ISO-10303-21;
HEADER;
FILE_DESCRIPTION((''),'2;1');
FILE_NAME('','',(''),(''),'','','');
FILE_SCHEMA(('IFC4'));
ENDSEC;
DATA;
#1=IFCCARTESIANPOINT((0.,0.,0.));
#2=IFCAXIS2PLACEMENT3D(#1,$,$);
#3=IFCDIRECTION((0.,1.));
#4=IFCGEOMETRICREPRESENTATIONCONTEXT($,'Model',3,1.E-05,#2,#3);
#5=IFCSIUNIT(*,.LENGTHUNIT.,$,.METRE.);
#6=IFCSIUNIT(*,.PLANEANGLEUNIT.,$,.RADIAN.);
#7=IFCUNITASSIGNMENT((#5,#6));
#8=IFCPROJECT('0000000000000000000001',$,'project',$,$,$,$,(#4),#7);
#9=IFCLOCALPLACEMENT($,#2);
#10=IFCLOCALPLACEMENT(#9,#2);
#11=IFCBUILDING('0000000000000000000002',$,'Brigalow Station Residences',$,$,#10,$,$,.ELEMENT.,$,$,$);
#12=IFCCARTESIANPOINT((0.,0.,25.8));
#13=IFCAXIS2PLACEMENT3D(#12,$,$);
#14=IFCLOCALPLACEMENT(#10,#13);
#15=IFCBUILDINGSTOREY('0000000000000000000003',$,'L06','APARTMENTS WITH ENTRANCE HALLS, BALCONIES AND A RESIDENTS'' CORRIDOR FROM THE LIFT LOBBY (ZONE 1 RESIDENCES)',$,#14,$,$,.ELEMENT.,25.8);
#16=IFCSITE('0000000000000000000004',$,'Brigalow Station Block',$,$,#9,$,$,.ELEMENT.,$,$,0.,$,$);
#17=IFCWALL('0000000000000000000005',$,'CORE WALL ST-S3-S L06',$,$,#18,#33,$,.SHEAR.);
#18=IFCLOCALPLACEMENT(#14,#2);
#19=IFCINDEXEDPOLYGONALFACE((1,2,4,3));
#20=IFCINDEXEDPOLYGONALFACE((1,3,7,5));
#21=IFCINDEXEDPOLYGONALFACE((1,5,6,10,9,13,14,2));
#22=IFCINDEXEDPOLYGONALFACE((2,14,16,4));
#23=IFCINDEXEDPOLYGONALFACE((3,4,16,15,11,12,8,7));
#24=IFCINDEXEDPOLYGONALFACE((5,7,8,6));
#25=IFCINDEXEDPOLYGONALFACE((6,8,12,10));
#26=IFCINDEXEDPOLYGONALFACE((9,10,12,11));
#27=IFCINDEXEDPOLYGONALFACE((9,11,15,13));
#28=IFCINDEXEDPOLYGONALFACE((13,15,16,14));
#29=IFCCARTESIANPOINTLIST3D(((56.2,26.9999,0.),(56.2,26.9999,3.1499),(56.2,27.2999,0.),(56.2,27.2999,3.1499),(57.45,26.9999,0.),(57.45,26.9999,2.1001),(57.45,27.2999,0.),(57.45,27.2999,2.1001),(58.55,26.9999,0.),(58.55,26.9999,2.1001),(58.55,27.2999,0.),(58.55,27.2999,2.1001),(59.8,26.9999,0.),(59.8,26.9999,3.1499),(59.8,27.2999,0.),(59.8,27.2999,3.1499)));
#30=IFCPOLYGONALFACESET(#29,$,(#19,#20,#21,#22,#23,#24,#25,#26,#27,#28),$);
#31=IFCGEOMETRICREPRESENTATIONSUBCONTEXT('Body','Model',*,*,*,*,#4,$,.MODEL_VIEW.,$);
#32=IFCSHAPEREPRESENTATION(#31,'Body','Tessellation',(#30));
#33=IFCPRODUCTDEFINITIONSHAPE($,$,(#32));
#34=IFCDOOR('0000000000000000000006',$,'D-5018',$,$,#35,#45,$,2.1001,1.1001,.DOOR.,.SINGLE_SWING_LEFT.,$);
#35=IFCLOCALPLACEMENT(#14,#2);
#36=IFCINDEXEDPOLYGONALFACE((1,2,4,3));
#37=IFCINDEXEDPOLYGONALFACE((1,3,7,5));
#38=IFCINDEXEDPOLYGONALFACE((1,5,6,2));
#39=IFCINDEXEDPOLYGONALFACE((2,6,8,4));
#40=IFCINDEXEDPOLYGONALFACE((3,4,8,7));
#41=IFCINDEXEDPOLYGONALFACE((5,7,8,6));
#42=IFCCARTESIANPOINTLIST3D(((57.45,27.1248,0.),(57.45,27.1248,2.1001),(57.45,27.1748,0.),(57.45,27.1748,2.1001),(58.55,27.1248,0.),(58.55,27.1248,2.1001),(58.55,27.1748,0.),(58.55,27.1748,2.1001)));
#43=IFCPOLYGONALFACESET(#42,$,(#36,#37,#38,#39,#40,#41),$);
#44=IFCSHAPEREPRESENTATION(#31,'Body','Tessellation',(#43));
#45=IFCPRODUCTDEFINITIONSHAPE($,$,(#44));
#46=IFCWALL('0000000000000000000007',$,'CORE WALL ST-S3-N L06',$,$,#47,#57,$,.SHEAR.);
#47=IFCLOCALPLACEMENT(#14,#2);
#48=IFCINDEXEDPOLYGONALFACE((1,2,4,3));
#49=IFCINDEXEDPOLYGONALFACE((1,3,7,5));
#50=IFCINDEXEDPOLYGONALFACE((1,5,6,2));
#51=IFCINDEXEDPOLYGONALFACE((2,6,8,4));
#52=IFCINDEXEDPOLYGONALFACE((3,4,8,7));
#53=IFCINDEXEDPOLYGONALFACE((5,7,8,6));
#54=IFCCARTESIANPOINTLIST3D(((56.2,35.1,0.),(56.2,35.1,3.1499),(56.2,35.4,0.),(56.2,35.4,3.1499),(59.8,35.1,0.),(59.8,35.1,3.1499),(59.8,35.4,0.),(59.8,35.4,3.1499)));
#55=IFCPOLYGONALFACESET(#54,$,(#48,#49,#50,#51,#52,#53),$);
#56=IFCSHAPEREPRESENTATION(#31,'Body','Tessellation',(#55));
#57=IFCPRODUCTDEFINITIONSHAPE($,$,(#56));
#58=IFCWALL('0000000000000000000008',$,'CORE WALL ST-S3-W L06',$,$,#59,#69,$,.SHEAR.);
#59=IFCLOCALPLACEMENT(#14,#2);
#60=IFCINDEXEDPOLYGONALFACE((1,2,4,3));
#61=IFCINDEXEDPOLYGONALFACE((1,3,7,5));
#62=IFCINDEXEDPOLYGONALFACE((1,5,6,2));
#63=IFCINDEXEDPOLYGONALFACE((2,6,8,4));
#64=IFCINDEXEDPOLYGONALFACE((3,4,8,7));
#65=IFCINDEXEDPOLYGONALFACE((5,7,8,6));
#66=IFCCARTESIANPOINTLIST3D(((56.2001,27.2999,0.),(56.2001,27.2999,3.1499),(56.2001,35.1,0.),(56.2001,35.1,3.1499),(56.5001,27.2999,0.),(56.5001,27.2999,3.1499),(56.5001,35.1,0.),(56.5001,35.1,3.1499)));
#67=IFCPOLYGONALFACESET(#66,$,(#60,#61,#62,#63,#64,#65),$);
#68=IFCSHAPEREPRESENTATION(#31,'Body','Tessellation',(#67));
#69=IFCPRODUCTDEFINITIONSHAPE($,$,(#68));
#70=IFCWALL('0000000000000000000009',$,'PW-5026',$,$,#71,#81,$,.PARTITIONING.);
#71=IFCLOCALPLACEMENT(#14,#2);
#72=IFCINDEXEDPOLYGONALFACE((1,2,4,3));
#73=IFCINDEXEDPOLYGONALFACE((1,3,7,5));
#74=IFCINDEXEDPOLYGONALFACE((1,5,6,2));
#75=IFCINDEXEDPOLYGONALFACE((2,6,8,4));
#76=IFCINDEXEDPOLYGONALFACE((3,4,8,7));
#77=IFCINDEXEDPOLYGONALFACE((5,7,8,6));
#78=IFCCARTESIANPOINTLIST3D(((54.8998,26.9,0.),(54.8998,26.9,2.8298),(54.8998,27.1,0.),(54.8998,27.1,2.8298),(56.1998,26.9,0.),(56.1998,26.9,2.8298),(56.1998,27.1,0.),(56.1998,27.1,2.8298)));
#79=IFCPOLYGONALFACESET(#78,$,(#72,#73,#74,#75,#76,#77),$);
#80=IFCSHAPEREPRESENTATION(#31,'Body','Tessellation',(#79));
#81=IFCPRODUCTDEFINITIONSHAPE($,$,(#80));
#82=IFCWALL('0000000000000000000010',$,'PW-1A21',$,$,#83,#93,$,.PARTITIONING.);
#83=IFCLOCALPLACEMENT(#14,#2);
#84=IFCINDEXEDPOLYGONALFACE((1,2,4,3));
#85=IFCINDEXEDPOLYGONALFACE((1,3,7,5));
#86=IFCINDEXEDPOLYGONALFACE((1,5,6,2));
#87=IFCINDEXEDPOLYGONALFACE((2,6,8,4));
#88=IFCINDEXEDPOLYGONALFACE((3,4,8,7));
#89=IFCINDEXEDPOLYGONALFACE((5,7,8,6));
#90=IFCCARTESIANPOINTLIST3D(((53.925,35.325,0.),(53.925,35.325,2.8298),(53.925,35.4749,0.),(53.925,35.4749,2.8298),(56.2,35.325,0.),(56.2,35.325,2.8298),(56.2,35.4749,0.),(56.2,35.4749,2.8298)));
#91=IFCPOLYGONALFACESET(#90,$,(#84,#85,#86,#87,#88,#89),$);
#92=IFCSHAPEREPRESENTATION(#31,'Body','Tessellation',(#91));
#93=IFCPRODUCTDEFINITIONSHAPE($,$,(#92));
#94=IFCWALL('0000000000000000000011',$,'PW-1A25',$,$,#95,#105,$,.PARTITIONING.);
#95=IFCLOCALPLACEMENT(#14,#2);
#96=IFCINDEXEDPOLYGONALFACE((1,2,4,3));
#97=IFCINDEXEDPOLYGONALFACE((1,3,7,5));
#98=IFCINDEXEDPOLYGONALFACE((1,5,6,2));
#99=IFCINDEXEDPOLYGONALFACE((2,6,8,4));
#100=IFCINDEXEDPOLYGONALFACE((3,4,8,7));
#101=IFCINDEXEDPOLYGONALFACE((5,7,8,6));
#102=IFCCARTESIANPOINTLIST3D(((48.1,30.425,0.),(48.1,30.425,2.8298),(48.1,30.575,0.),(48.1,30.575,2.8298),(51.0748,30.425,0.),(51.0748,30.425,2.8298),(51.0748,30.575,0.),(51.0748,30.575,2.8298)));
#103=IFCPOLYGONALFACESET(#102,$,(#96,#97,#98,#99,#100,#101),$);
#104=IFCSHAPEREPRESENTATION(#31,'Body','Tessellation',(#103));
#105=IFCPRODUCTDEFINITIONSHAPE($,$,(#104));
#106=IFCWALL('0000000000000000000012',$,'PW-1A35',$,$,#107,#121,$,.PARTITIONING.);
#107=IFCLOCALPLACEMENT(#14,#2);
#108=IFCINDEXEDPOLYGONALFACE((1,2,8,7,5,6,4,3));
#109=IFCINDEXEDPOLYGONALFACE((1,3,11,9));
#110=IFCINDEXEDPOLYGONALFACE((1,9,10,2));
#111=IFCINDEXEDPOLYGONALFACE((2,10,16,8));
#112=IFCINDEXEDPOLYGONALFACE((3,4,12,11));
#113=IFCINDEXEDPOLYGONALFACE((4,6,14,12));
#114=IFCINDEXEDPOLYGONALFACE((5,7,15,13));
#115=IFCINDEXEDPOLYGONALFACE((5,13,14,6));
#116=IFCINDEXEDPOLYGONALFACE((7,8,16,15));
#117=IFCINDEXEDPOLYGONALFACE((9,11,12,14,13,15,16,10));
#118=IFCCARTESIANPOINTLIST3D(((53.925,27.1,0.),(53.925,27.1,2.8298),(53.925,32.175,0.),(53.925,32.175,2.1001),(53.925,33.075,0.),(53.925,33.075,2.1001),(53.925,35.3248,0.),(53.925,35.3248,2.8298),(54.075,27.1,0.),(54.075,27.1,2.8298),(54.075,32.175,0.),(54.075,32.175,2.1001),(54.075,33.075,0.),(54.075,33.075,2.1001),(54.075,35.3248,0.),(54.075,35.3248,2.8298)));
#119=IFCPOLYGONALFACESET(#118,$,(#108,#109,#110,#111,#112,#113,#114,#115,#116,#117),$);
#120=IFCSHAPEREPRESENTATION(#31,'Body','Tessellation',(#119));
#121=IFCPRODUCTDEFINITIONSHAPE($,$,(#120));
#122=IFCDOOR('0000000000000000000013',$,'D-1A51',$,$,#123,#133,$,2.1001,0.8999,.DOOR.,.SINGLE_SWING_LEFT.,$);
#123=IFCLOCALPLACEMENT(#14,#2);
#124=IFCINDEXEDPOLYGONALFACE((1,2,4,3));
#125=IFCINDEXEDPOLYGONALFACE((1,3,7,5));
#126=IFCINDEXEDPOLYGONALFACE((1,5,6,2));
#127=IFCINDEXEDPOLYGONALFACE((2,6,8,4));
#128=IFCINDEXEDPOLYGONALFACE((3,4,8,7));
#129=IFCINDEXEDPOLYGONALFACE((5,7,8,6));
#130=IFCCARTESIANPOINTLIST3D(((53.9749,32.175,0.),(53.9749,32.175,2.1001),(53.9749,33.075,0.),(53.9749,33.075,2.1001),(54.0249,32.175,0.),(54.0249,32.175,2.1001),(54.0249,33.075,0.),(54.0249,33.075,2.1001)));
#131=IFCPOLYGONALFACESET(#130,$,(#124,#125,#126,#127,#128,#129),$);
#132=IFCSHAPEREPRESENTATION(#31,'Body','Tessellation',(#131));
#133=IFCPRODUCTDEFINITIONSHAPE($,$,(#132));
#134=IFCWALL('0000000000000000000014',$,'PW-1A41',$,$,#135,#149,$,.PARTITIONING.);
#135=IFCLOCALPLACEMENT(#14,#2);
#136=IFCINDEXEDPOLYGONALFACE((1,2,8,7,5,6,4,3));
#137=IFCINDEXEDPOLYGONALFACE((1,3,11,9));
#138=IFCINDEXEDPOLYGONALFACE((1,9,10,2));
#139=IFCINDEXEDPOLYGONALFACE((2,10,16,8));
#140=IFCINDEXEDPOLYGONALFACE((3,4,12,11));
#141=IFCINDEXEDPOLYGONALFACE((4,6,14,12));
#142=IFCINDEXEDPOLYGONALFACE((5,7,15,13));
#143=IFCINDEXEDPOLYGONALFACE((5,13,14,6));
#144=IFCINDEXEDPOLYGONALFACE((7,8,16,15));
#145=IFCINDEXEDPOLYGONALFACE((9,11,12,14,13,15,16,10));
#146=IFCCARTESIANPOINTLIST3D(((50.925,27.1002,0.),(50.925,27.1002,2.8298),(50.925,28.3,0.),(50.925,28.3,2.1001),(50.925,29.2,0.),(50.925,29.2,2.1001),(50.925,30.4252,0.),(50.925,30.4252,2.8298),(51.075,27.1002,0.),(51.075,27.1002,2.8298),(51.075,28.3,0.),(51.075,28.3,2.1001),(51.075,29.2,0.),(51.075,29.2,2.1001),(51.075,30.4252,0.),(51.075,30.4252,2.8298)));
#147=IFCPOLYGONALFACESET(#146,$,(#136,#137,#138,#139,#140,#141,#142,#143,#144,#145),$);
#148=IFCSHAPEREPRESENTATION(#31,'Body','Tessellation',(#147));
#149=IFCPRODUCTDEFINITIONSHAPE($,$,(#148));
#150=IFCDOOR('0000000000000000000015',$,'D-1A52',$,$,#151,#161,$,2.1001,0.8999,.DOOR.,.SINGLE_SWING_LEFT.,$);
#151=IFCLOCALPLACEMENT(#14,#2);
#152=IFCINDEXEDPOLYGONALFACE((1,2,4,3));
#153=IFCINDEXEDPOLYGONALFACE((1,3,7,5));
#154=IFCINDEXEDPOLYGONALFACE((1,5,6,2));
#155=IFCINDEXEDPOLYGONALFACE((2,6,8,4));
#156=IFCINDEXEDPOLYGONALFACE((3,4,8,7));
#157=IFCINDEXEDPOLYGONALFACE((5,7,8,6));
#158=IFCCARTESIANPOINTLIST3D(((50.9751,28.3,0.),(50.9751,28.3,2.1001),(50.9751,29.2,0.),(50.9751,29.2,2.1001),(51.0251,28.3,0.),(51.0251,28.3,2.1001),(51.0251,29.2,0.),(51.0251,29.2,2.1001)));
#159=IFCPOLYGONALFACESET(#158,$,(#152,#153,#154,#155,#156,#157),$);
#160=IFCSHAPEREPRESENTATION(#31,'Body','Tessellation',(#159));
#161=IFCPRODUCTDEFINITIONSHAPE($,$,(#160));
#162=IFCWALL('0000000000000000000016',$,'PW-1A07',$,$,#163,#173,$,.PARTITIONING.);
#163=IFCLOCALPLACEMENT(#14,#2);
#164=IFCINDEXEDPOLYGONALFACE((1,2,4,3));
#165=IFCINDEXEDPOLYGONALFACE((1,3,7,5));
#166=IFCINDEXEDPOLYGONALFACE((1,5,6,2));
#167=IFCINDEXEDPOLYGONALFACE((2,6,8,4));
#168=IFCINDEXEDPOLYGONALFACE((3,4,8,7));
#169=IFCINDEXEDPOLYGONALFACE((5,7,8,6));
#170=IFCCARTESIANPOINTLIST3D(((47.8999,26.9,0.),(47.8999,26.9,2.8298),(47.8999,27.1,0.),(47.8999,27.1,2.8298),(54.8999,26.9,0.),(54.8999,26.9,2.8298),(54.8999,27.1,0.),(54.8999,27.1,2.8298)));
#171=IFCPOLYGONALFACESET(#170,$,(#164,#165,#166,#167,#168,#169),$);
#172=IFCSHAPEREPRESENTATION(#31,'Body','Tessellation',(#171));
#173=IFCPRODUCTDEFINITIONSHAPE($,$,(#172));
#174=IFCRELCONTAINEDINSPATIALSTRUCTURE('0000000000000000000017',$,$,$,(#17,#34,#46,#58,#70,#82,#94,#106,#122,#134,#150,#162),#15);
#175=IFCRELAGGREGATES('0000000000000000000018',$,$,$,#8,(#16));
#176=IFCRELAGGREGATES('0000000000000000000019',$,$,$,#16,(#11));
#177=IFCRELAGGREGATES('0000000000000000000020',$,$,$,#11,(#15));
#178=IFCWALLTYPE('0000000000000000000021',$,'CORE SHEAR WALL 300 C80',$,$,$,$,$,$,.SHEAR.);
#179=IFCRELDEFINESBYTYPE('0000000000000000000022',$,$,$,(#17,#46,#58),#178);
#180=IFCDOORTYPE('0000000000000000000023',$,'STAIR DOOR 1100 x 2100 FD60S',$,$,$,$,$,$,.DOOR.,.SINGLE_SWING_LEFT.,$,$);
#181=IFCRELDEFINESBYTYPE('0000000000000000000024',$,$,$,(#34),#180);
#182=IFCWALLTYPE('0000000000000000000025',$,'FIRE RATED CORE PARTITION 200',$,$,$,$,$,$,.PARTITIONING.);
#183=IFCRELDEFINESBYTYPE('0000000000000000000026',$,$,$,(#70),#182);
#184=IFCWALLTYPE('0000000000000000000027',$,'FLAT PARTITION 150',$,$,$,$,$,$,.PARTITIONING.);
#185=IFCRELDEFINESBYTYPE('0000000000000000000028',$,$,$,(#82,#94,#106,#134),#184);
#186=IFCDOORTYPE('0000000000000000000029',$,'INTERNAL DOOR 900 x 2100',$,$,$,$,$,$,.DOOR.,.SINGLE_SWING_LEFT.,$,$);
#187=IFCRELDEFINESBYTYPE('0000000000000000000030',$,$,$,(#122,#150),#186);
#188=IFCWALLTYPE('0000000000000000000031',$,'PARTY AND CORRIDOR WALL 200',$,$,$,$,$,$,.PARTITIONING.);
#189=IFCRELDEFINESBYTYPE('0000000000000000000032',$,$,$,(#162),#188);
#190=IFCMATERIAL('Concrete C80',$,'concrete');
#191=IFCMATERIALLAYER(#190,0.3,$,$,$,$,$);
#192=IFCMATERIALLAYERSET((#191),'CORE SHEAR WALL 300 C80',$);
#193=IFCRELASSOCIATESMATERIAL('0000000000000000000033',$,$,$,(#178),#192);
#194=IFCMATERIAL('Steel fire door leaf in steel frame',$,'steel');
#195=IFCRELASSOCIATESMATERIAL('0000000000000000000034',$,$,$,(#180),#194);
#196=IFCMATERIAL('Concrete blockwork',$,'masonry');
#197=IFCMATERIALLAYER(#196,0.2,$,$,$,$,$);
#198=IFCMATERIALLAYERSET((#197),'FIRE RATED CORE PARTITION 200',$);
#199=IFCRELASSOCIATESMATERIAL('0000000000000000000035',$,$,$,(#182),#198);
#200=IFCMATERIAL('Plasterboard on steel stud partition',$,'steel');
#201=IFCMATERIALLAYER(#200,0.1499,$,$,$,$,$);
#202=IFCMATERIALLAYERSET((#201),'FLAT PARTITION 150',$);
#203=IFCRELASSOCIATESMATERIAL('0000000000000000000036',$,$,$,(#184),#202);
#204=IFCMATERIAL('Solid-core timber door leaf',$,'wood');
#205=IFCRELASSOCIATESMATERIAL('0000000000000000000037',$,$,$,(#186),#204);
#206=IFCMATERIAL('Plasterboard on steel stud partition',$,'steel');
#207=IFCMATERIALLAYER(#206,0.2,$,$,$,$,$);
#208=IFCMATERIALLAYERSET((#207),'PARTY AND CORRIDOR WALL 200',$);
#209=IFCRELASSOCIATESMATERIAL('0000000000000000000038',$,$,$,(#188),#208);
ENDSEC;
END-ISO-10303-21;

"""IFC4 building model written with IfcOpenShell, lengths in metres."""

from ifc_helpers import new_model, si_unit, direction, frame, frame_2d, origin, place, context, subcontext, project, spatial, rectangle, extrude, material, layer, layer_set, type_object, element, fill, save


model = new_model("IFC4")

# Units and contexts
model_context = context("Model", 3, precision=1e-05, world=origin(), true_north=direction((0.0, 1.0)))
body_context = subcontext(model_context, "Body", "Model", "MODEL_VIEW")
ifc_project = project(units=[si_unit("LENGTHUNIT", "METRE"), si_unit("PLANEANGLEUNIT", "RADIAN")], contexts=[model_context])

# Site, building, storey
site_placement = place(None, origin())
site = spatial("IfcSite", under=ifc_project, at=site_placement, Name="Brigalow Station Block", CompositionType="ELEMENT", RefElevation=0.0)
building_placement = place(site_placement, origin())
building = spatial("IfcBuilding", under=site, at=building_placement, Name="Brigalow Station Residences", CompositionType="ELEMENT")
storey_placement = place(building_placement, frame((0.0, 0.0, 25.8)))
storey = spatial("IfcBuildingStorey", under=building, at=storey_placement, Name="L06", Description="APARTMENTS WITH ENTRANCE HALLS, BALCONIES AND A RESIDENTS' CORRIDOR FROM THE LIFT LOBBY (ZONE 1 RESIDENCES)", CompositionType="ELEMENT", Elevation=25.8)

# Wall, opening, door
ifc_material_1 = material(Name="Concrete C80", Category="concrete")
ifc_layer_1 = layer(ifc_material_1, 0.3)
ifc_layer_set_1 = layer_set([ifc_layer_1], Name="CORE SHEAR WALL 300 C80")
wall_type_1 = type_object("IfcWallType", Name="CORE SHEAR WALL 300 C80", PredefinedType="SHEAR", material=ifc_layer_set_1)
wall_1_placement = place(storey_placement, frame((56.2, 27.1499, 0.0), z_axis=(0.0, 0.0, 1.0), x_axis=(1.0, 0.0, 0.0)))
wall_1 = element("IfcWall", 1, at=wall_1_placement, inside=storey, type_object=wall_type_1, Name="CORE WALL ST-S3-S L06", PredefinedType="SHEAR", context=body_context, shape_type="SweptSolid", body=[
    extrude(rectangle(XDim=3.6001, YDim=0.3, at=frame_2d((1.8, 0.0))), origin(), (0.0, 0.0, 1.0), 3.1499),
])
opening_1_placement = place(wall_1_placement, frame((1.25, 0.0, 0.0)))
opening_1 = element("IfcOpeningElement", 2, at=opening_1_placement, cuts=wall_1, PredefinedType="OPENING", context=body_context, shape_type="SweptSolid", body=[
    extrude(rectangle(XDim=1.1001, YDim=2.1001, at=frame_2d((0.55, 1.05))), frame((0.0, 0.1602, 0.0), z_axis=(0.0, -1.0, 0.0), x_axis=(1.0, 0.0, 0.0)), (0.0, 0.0, 1.0), 0.3201),
])
ifc_material_2 = material(Name="Steel fire door leaf in steel frame", Category="steel")
door_type_1 = type_object("IfcDoorType", Name="STAIR DOOR 1100 x 2100 FD60S", OperationType="SINGLE_SWING_LEFT", PredefinedType="DOOR", material=ifc_material_2)
door_1_placement = place(opening_1_placement, origin())
door_1 = element("IfcDoor", 3, at=door_1_placement, inside=storey, type_object=door_type_1, Name="D-5018", OperationType="SINGLE_SWING_LEFT", OverallHeight=2.1001, OverallWidth=1.1001, PredefinedType="DOOR", context=body_context, shape_type="SweptSolid", body=[
    extrude(rectangle(XDim=1.1001, YDim=2.1001, at=frame_2d((0.55, 1.05))), frame((0.0, 0.0249, 0.0), z_axis=(0.0, -1.0, 0.0), x_axis=(1.0, 0.0, 0.0)), (0.0, 0.0, 1.0), 0.05),
])
fill(opening_1, door_1)

# Walls
wall_2_placement = place(storey_placement, frame((56.2, 35.25, 0.0), z_axis=(0.0, 0.0, 1.0), x_axis=(1.0, 0.0, 0.0)))
element("IfcWall", 4, at=wall_2_placement, inside=storey, type_object=wall_type_1, Name="CORE WALL ST-S3-N L06", PredefinedType="SHEAR", context=body_context, shape_type="SweptSolid", body=[
    extrude(rectangle(XDim=3.6001, YDim=0.3, at=frame_2d((1.8, 0.0))), origin(), (0.0, 0.0, 1.0), 3.1499),
])
wall_3_placement = place(storey_placement, frame((56.3501, 27.3, 0.0), z_axis=(0.0, 0.0, 1.0), x_axis=(0.0, 1.0, 0.0)))
element("IfcWall", 5, at=wall_3_placement, inside=storey, type_object=wall_type_1, Name="CORE WALL ST-S3-W L06", PredefinedType="SHEAR", context=body_context, shape_type="SweptSolid", body=[
    extrude(rectangle(XDim=7.8, YDim=0.3, at=frame_2d((3.8999, 0.0))), origin(), (0.0, 0.0, 1.0), 3.1499),
])
ifc_material_3 = material(Name="Concrete blockwork", Category="masonry")
ifc_layer_2 = layer(ifc_material_3, 0.2)
ifc_layer_set_2 = layer_set([ifc_layer_2], Name="FIRE RATED CORE PARTITION 200")
wall_type_2 = type_object("IfcWallType", Name="FIRE RATED CORE PARTITION 200", PredefinedType="PARTITIONING", material=ifc_layer_set_2)
wall_4_placement = place(storey_placement, frame((54.8999, 27.0, 0.0), z_axis=(0.0, 0.0, 1.0), x_axis=(1.0, 0.0, 0.0)))
element("IfcWall", 6, at=wall_4_placement, inside=storey, type_object=wall_type_2, Name="PW-5026", PredefinedType="PARTITIONING", context=body_context, shape_type="SweptSolid", body=[
    extrude(rectangle(XDim=1.3, YDim=0.2, at=frame_2d((0.6499, 0.0))), origin(), (0.0, 0.0, 1.0), 2.8298),
])
ifc_material_4 = material(Name="Plasterboard on steel stud partition", Category="steel")
ifc_layer_3 = layer(ifc_material_4, 0.1499)
ifc_layer_set_3 = layer_set([ifc_layer_3], Name="FLAT PARTITION 150")
wall_type_3 = type_object("IfcWallType", Name="FLAT PARTITION 150", PredefinedType="PARTITIONING", material=ifc_layer_set_3)
wall_5_placement = place(storey_placement, frame((53.925, 35.3999, 0.0), z_axis=(0.0, 0.0, 1.0), x_axis=(1.0, 0.0, 0.0)))
element("IfcWall", 7, at=wall_5_placement, inside=storey, type_object=wall_type_3, Name="PW-1A21", PredefinedType="PARTITIONING", context=body_context, shape_type="SweptSolid", body=[
    extrude(rectangle(XDim=2.2749, YDim=0.1499, at=frame_2d((1.1375, 0.0))), origin(), (0.0, 0.0, 1.0), 2.8298),
])
wall_6_placement = place(storey_placement, frame((48.1001, 30.5, 0.0), z_axis=(0.0, 0.0, 1.0), x_axis=(1.0, 0.0, 0.0)))
element("IfcWall", 8, at=wall_6_placement, inside=storey, type_object=wall_type_3, Name="PW-1A25", PredefinedType="PARTITIONING", context=body_context, shape_type="SweptSolid", body=[
    extrude(rectangle(XDim=2.9749, YDim=0.1499, at=frame_2d((1.4873, 0.0))), origin(), (0.0, 0.0, 1.0), 2.8298),
])

# Walls, openings, doors
wall_7_placement = place(storey_placement, frame((54.0, 27.1001, 0.0), z_axis=(0.0, 0.0, 1.0), x_axis=(0.0, 1.0, 0.0)))
wall_7 = element("IfcWall", 9, at=wall_7_placement, inside=storey, type_object=wall_type_3, Name="PW-1A35", PredefinedType="PARTITIONING", context=body_context, shape_type="SweptSolid", body=[
    extrude(rectangle(XDim=8.2249, YDim=0.1499, at=frame_2d((4.1123, 0.0))), origin(), (0.0, 0.0, 1.0), 2.8298),
])
opening_2_placement = place(wall_7_placement, frame((5.075, 0.0, 0.0)))
opening_2 = element("IfcOpeningElement", 10, at=opening_2_placement, cuts=wall_7, PredefinedType="OPENING", context=body_context, shape_type="SweptSolid", body=[
    extrude(rectangle(XDim=0.8999, YDim=2.1001, at=frame_2d((0.45, 1.05))), frame((0.0, 0.085, 0.0), z_axis=(0.0, -1.0, 0.0), x_axis=(1.0, 0.0, 0.0)), (0.0, 0.0, 1.0), 0.1699),
])
ifc_material_5 = material(Name="Solid-core timber door leaf", Category="wood")
door_type_2 = type_object("IfcDoorType", Name="INTERNAL DOOR 900 x 2100", OperationType="SINGLE_SWING_LEFT", PredefinedType="DOOR", material=ifc_material_5)
door_2_placement = place(opening_2_placement, frame((0.8999, 0.0, 0.0), z_axis=(0.0, 0.0, 1.0), x_axis=(-1.0, 0.0, 0.0)))
door_2 = element("IfcDoor", 11, at=door_2_placement, inside=storey, type_object=door_type_2, Name="D-1A51", OperationType="SINGLE_SWING_LEFT", OverallHeight=2.1001, OverallWidth=0.8999, PredefinedType="DOOR", context=body_context, shape_type="SweptSolid", body=[
    extrude(rectangle(XDim=0.8999, YDim=2.1001, at=frame_2d((0.45, 1.05))), frame((0.0, 0.0249, 0.0), z_axis=(0.0, -1.0, 0.0), x_axis=(1.0, 0.0, 0.0)), (0.0, 0.0, 1.0), 0.05),
])
fill(opening_2, door_2)
wall_8_placement = place(storey_placement, frame((51.0, 27.1001, 0.0), z_axis=(0.0, 0.0, 1.0), x_axis=(0.0, 1.0, 0.0)))
wall_8 = element("IfcWall", 12, at=wall_8_placement, inside=storey, type_object=wall_type_3, Name="PW-1A41", PredefinedType="PARTITIONING", context=body_context, shape_type="SweptSolid", body=[
    extrude(rectangle(XDim=3.325, YDim=0.1499, at=frame_2d((1.6626, 0.0))), origin(), (0.0, 0.0, 1.0), 2.8298),
])
opening_3_placement = place(wall_8_placement, frame((1.2, 0.0, 0.0)))
opening_3 = element("IfcOpeningElement", 13, at=opening_3_placement, cuts=wall_8, PredefinedType="OPENING", context=body_context, shape_type="SweptSolid", body=[
    extrude(rectangle(XDim=0.8999, YDim=2.1001, at=frame_2d((0.45, 1.05))), frame((0.0, 0.085, 0.0), z_axis=(0.0, -1.0, 0.0), x_axis=(1.0, 0.0, 0.0)), (0.0, 0.0, 1.0), 0.1699),
])
door_3_placement = place(opening_3_placement, origin())
door_3 = element("IfcDoor", 14, at=door_3_placement, inside=storey, type_object=door_type_2, Name="D-1A52", OperationType="SINGLE_SWING_LEFT", OverallHeight=2.1001, OverallWidth=0.8999, PredefinedType="DOOR", context=body_context, shape_type="SweptSolid", body=[
    extrude(rectangle(XDim=0.8999, YDim=2.1001, at=frame_2d((0.45, 1.05))), frame((0.0, 0.0249, 0.0), z_axis=(0.0, -1.0, 0.0), x_axis=(1.0, 0.0, 0.0)), (0.0, 0.0, 1.0), 0.05),
])
fill(opening_3, door_3)

# Wall
ifc_material_6 = material(Name="Plasterboard on steel stud partition", Category="steel")
ifc_layer_4 = layer(ifc_material_6, 0.2)
ifc_layer_set_4 = layer_set([ifc_layer_4], Name="PARTY AND CORRIDOR WALL 200")
wall_type_4 = type_object("IfcWallType", Name="PARTY AND CORRIDOR WALL 200", PredefinedType="PARTITIONING", material=ifc_layer_set_4)
wall_9_placement = place(storey_placement, frame((47.8999, 27.0, 0.0), z_axis=(0.0, 0.0, 1.0), x_axis=(1.0, 0.0, 0.0)))
element("IfcWall", 15, at=wall_9_placement, inside=storey, type_object=wall_type_4, Name="PW-1A07", PredefinedType="PARTITIONING", context=body_context, shape_type="SweptSolid", body=[
    extrude(rectangle(XDim=7.0, YDim=0.2, at=frame_2d((3.5, 0.0))), origin(), (0.0, 0.0, 1.0), 2.8298),
])

save(model, "model.ifc")
